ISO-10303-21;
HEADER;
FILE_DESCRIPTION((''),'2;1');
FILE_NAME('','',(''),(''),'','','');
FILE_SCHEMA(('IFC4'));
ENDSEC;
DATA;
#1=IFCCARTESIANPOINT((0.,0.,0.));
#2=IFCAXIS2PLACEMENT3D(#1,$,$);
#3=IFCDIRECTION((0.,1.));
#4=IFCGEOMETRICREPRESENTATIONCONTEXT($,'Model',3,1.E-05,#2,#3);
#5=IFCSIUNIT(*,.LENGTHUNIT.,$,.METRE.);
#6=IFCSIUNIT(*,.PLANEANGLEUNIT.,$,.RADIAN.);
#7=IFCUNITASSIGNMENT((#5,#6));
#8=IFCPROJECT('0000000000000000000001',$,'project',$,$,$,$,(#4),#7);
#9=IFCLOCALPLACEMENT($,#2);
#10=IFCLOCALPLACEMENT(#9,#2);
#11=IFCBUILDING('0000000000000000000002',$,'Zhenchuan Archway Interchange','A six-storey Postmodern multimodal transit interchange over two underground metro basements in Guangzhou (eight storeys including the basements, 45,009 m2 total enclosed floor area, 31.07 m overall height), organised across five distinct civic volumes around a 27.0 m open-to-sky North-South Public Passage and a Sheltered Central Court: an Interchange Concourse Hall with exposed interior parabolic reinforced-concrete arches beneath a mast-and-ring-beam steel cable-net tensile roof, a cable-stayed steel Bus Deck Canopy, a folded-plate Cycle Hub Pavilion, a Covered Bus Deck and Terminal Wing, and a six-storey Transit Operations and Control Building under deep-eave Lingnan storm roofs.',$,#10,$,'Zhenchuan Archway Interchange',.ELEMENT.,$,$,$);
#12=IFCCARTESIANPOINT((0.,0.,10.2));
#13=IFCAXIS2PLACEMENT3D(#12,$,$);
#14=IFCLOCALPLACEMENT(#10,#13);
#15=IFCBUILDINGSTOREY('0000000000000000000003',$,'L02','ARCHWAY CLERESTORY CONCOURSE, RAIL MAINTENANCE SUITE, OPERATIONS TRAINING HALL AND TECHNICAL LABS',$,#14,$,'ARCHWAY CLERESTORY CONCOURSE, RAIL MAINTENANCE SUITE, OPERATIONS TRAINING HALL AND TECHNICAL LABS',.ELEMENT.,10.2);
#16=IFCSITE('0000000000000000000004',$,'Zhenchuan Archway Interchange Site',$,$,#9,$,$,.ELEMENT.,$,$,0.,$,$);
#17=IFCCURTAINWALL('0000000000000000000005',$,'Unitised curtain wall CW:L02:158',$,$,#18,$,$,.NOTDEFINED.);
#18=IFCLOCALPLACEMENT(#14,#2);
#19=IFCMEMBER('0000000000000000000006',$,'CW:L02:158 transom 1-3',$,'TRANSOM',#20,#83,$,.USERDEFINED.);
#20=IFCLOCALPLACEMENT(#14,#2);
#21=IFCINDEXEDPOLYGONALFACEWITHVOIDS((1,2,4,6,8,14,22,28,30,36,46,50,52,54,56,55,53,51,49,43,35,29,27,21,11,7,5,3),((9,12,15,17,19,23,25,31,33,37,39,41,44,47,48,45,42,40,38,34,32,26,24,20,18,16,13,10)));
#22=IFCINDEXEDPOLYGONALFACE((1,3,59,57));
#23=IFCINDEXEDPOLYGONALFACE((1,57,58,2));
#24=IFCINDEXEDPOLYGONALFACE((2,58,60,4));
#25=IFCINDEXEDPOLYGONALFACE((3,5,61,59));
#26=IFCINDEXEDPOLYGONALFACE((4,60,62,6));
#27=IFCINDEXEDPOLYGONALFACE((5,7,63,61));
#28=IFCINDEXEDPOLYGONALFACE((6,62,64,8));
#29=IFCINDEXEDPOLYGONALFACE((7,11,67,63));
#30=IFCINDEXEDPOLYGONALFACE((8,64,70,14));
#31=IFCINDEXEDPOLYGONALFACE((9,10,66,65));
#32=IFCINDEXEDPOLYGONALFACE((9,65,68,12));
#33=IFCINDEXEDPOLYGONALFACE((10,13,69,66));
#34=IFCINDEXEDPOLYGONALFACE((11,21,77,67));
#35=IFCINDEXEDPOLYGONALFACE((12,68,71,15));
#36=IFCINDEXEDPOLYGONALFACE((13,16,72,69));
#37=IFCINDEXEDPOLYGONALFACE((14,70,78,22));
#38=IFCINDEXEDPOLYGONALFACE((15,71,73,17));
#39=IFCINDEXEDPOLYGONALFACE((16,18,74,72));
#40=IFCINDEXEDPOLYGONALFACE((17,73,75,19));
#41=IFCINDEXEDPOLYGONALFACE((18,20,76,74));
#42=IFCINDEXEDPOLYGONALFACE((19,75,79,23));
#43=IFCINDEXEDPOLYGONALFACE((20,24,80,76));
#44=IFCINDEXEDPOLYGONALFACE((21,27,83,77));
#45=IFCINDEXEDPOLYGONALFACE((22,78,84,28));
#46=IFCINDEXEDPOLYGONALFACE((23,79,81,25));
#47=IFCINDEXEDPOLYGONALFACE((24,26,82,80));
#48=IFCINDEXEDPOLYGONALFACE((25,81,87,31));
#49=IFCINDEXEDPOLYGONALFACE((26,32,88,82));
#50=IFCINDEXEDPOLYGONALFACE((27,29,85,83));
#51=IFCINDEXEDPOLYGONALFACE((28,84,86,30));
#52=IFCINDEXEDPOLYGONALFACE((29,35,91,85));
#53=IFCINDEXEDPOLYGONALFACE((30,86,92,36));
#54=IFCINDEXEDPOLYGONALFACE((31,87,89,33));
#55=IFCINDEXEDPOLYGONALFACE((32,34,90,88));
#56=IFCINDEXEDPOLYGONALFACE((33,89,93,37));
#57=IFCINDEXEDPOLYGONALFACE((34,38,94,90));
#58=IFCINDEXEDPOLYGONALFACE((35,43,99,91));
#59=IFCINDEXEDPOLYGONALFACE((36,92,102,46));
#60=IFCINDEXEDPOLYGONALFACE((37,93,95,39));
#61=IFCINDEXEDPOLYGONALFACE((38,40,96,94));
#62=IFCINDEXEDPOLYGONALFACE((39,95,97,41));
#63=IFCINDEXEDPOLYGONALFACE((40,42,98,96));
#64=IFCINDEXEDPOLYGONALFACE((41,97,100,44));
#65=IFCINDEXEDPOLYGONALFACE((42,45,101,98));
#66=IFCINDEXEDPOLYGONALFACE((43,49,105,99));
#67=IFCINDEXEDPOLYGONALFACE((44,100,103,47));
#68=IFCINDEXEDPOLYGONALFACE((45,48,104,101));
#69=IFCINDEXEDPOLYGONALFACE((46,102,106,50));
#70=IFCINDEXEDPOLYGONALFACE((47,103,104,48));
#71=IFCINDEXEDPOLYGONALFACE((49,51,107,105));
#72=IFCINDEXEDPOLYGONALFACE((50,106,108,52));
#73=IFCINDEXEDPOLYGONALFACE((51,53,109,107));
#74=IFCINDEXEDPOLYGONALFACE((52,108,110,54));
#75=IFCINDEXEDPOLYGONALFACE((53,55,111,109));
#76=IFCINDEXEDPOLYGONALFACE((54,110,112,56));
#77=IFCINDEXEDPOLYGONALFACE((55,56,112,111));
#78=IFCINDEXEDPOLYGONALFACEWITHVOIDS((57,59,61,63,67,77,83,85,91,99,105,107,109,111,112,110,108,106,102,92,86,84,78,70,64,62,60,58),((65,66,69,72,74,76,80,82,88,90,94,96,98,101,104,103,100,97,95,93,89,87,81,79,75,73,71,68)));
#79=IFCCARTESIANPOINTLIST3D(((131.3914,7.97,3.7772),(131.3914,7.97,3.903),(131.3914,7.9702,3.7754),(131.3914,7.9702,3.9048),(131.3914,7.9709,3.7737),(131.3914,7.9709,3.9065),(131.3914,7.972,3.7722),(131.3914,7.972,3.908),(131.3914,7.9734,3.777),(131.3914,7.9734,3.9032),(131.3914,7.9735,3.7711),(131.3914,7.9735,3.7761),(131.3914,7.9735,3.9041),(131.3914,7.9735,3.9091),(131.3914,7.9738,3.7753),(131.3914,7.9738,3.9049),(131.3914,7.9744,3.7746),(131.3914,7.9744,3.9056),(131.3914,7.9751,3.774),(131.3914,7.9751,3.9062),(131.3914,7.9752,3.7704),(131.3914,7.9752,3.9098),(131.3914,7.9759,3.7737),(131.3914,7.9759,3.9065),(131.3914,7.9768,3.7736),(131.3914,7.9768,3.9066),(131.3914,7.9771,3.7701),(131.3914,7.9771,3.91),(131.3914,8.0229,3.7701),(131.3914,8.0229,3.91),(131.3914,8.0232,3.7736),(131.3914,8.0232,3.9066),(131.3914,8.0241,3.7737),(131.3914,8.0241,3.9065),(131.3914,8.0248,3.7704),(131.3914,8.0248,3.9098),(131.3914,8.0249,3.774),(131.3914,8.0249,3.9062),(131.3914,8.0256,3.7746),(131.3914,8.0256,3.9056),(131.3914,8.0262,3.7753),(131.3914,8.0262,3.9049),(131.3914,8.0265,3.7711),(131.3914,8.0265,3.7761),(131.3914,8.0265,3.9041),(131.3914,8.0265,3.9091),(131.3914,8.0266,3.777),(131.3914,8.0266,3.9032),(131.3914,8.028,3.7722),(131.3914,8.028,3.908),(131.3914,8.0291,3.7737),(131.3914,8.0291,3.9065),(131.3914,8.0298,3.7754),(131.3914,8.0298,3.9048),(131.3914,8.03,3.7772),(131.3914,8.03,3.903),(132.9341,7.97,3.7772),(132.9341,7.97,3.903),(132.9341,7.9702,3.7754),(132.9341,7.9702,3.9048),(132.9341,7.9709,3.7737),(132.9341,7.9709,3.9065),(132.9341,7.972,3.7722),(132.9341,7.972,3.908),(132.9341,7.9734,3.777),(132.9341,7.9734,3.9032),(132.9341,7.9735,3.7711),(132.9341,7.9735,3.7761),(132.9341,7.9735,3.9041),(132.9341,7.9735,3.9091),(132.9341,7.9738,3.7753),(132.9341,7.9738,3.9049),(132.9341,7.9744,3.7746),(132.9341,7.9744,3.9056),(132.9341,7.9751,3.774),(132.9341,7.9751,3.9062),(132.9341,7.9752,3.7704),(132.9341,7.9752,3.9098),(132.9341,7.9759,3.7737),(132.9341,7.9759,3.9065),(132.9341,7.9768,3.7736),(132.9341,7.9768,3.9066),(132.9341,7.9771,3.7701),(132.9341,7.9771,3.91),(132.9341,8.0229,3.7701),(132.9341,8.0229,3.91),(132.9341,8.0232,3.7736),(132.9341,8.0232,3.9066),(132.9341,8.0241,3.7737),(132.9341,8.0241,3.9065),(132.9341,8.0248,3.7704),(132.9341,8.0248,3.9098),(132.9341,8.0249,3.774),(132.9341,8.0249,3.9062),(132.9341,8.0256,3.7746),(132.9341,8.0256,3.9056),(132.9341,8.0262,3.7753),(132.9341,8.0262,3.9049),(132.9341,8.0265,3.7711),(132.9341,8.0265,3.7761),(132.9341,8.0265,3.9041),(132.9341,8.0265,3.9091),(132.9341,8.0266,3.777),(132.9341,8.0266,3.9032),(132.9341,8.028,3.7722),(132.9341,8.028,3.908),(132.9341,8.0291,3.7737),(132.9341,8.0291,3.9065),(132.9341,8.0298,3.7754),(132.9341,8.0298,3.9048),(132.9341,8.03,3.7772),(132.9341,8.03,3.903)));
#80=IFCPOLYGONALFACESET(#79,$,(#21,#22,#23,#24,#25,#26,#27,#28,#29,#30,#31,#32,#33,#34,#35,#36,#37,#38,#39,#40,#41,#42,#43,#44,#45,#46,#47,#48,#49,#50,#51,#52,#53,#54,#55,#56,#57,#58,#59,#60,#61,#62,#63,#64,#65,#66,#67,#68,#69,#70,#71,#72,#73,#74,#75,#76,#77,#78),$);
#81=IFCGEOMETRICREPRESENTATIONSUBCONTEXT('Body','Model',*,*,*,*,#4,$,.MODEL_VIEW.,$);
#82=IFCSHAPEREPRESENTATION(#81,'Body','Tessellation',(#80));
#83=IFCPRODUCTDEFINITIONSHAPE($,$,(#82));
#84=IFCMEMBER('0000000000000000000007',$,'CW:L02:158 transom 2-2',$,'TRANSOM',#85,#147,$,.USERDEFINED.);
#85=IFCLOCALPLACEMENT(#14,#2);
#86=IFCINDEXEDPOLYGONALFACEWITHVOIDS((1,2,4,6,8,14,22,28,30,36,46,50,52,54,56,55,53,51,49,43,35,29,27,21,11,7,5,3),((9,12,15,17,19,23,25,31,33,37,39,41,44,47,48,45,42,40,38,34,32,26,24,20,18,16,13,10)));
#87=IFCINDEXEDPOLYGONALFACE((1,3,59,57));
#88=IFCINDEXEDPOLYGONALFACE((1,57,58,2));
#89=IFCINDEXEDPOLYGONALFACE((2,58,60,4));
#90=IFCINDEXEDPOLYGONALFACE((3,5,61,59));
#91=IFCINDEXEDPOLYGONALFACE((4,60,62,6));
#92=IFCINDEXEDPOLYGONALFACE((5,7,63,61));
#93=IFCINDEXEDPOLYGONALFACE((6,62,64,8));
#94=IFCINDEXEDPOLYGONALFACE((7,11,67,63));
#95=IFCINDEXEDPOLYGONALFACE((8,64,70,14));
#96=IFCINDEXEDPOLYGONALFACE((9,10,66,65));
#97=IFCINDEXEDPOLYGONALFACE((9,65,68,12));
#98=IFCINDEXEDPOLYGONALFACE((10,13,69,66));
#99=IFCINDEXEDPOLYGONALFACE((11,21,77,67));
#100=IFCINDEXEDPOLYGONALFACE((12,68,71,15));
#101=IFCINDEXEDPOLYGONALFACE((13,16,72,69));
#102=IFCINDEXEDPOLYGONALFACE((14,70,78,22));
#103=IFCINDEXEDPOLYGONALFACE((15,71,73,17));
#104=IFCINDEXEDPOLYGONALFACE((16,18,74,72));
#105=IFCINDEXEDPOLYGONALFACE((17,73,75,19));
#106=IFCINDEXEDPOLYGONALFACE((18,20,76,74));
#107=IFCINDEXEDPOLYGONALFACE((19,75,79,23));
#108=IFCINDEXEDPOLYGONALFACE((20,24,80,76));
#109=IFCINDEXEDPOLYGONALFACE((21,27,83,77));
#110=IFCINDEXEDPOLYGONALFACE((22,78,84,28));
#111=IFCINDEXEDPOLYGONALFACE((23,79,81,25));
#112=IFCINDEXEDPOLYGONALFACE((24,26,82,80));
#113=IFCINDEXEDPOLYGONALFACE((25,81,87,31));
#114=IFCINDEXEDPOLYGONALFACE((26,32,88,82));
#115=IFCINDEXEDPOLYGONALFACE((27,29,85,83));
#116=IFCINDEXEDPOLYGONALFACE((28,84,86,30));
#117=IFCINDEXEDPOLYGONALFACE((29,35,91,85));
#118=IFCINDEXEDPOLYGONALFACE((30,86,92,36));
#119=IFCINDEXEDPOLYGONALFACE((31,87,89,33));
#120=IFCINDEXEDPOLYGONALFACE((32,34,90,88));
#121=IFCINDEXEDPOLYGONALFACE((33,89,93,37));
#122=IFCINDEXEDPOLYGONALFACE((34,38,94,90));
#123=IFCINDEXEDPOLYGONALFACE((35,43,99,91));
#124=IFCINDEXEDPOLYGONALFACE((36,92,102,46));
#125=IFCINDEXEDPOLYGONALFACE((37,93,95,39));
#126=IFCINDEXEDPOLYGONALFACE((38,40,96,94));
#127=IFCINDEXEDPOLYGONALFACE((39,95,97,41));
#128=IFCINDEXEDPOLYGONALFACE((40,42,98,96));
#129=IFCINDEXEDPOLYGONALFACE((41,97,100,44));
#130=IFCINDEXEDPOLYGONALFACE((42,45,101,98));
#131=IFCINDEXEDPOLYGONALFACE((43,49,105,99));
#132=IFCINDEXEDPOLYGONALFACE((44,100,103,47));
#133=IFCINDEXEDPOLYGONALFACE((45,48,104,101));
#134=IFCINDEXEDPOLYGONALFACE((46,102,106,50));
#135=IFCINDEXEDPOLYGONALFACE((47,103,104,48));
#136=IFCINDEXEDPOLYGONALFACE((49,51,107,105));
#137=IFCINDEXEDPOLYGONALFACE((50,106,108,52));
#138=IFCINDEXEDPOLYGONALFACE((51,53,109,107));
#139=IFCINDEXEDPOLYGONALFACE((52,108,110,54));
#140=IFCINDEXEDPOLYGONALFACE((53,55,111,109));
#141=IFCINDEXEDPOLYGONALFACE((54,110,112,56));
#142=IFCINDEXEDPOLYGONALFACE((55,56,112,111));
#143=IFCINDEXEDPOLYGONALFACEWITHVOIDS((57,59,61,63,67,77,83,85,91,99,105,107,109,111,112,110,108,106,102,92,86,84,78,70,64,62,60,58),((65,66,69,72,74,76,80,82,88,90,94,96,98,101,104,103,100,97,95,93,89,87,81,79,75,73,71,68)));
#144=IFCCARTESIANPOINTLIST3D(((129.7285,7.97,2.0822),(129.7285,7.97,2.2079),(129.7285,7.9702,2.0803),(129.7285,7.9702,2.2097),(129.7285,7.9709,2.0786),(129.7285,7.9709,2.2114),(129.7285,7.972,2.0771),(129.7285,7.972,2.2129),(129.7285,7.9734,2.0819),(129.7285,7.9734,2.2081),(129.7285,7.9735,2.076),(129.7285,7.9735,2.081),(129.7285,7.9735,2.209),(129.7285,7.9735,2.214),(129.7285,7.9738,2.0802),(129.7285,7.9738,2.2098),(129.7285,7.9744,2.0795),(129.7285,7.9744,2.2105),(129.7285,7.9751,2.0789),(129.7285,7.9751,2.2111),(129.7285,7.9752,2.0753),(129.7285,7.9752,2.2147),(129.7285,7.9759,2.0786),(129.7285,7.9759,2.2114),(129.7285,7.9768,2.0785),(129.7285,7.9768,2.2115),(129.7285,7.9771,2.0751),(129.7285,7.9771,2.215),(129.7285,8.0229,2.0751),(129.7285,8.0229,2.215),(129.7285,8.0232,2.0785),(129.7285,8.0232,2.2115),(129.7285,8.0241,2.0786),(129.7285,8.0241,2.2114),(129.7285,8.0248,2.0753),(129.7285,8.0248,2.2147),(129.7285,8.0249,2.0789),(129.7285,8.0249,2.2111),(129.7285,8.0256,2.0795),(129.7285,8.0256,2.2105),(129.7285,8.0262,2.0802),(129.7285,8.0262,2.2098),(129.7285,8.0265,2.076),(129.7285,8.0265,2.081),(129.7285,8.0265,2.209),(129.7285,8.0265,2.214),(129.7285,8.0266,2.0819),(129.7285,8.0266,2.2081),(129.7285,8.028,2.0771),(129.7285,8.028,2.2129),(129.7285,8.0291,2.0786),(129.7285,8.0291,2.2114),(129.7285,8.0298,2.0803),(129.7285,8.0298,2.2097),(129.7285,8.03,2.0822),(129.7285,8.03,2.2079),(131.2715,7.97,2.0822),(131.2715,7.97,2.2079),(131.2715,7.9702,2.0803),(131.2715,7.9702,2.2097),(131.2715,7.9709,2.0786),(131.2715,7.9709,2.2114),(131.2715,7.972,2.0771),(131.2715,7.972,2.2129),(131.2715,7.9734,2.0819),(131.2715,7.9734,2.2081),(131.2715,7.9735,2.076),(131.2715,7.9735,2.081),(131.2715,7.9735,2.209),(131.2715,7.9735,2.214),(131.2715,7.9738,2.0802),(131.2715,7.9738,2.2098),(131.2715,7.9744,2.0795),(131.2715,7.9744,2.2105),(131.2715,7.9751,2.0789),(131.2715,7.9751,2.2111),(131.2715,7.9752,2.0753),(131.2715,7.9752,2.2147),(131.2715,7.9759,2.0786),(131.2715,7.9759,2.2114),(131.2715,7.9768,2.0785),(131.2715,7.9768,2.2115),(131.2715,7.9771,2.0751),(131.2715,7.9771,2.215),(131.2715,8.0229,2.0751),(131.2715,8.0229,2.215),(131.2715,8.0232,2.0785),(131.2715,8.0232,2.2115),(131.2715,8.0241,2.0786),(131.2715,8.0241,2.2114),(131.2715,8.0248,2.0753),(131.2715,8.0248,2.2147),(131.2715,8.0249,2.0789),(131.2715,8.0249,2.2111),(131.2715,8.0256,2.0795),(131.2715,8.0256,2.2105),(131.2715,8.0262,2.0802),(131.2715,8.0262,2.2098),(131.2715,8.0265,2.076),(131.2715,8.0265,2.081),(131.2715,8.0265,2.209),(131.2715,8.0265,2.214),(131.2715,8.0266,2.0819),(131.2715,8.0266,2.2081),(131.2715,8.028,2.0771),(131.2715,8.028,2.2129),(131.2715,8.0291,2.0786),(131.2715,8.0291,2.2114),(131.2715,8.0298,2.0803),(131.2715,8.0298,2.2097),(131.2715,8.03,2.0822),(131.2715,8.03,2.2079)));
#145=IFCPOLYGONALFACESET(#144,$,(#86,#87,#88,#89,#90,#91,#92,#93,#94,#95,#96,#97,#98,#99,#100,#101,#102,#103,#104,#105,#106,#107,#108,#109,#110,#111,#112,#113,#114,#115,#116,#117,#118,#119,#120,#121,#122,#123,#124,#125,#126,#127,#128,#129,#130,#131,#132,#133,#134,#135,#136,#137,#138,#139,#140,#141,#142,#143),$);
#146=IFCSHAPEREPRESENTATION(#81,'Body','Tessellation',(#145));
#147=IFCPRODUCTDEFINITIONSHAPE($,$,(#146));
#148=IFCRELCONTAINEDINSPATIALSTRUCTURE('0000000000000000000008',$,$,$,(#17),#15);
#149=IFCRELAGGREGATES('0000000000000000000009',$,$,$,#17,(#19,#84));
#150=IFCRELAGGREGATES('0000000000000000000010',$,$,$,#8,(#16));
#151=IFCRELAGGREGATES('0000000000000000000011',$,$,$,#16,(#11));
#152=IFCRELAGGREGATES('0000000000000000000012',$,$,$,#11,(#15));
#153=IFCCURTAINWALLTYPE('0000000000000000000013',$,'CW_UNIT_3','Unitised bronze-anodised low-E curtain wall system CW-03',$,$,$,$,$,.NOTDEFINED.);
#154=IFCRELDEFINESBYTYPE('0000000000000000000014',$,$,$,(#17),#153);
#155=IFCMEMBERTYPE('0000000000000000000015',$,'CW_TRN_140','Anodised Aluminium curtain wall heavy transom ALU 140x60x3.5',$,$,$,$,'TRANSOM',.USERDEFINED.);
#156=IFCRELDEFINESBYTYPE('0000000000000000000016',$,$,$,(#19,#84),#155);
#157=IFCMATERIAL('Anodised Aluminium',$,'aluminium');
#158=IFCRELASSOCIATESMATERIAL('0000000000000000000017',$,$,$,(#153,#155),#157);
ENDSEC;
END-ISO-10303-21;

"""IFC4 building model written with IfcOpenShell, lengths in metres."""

from ifc_helpers import new_model, si_unit, direction, frame, origin, origin_2d, place, context, subcontext, project, spatial, hollow_rectangle, extrude, material, material_profile, profile_set, type_object, element, aggregate, save


model = new_model("IFC4")

# Units and contexts
model_context = context("Model", 3, precision=1e-05, world=origin(), true_north=direction((0.0, 1.0)))
body_context = subcontext(model_context, "Body", "Model", "MODEL_VIEW")
ifc_project = project(units=[si_unit("LENGTHUNIT", "METRE"), si_unit("PLANEANGLEUNIT", "RADIAN")], contexts=[model_context])

# Site, building, storey
site_placement = place(None, origin())
site = spatial("IfcSite", under=ifc_project, at=site_placement, Name="Zhenchuan Archway Interchange Site", CompositionType="ELEMENT", RefElevation=0.0)
building_placement = place(site_placement, origin())
building = spatial("IfcBuilding", under=site, at=building_placement, Name="Zhenchuan Archway Interchange", Description="A six-storey Postmodern multimodal transit interchange over two underground metro basements in Guangzhou (eight storeys including the basements, 45,009 m2 total enclosed floor area, 31.07 m overall height), organised across five distinct civic volumes around a 27.0 m open-to-sky North-South Public Passage and a Sheltered Central Court: an Interchange Concourse Hall with exposed interior parabolic reinforced-concrete arches beneath a mast-and-ring-beam steel cable-net tensile roof, a cable-stayed steel Bus Deck Canopy, a folded-plate Cycle Hub Pavilion, a Covered Bus Deck and Terminal Wing, and a six-storey Transit Operations and Control Building under deep-eave Lingnan storm roofs.", LongName="Zhenchuan Archway Interchange", CompositionType="ELEMENT")
storey_placement = place(building_placement, frame((0.0, 0.0, 10.2)))
storey = spatial("IfcBuildingStorey", under=building, at=storey_placement, Name="L02", Description="ARCHWAY CLERESTORY CONCOURSE, RAIL MAINTENANCE SUITE, OPERATIONS TRAINING HALL AND TECHNICAL LABS", LongName="ARCHWAY CLERESTORY CONCOURSE, RAIL MAINTENANCE SUITE, OPERATIONS TRAINING HALL AND TECHNICAL LABS", CompositionType="ELEMENT", Elevation=10.2)

# Curtain wall, members
ifc_material_1 = material(Name="Anodised Aluminium", Category="aluminium")
curtain_wall_type = type_object("IfcCurtainWallType", Name="CW_UNIT_3", Description="Unitised bronze-anodised low-E curtain wall system CW-03", PredefinedType="NOTDEFINED", material=ifc_material_1)
curtain_wall_placement = place(storey_placement, origin())
curtain_wall = element("IfcCurtainWall", 1, at=curtain_wall_placement, inside=storey, type_object=curtain_wall_type, Name="Unitised curtain wall CW:L02:158", PredefinedType="NOTDEFINED")
ifc_material_profile_1 = material_profile(ifc_material_1, hollow_rectangle(XDim=0.0601, YDim=0.1399, WallThickness=0.0034, InnerFilletRadius=0.0034, OuterFilletRadius=0.0071, at=origin_2d()), Name="ALU 140x60x3.5")
ifc_profile_set_1 = profile_set([ifc_material_profile_1], Name="Anodised Aluminium")
member_type_1 = type_object("IfcMemberType", Name="CW_TRN_140", Description="Anodised Aluminium curtain wall heavy transom ALU 140x60x3.5", ElementType="TRANSOM", PredefinedType="USERDEFINED", material=ifc_profile_set_1)
member_1_placement = place(storey_placement, frame((132.9341, 8.0, 3.8401), z_axis=(-1.0, 0.0, 0.0), x_axis=(0.0, -1.0, 0.0)))
member_1 = element("IfcMember", 2, at=member_1_placement, type_object=member_type_1, Name="CW:L02:158 transom 1-3", ObjectType="TRANSOM", PredefinedType="USERDEFINED", context=body_context, shape_type="SweptSolid", body=[
    extrude(hollow_rectangle(XDim=0.0601, YDim=0.1399, WallThickness=0.0034, InnerFilletRadius=0.0034, OuterFilletRadius=0.0071, at=origin_2d()), origin(), (0.0, 0.0, 1.0), 1.5427),
])
member_2_placement = place(storey_placement, frame((131.2715, 8.0, 2.145), z_axis=(-1.0, 0.0, 0.0), x_axis=(0.0, -1.0, 0.0)))
member_2 = element("IfcMember", 3, at=member_2_placement, type_object=member_type_1, Name="CW:L02:158 transom 2-2", ObjectType="TRANSOM", PredefinedType="USERDEFINED", context=body_context, shape_type="SweptSolid", body=[
    extrude(hollow_rectangle(XDim=0.0601, YDim=0.1399, WallThickness=0.0034, InnerFilletRadius=0.0034, OuterFilletRadius=0.0071, at=origin_2d()), origin(), (0.0, 0.0, 1.0), 1.543),
])

aggregate(curtain_wall, [member_1, member_2])

save(model, "model.ifc")
